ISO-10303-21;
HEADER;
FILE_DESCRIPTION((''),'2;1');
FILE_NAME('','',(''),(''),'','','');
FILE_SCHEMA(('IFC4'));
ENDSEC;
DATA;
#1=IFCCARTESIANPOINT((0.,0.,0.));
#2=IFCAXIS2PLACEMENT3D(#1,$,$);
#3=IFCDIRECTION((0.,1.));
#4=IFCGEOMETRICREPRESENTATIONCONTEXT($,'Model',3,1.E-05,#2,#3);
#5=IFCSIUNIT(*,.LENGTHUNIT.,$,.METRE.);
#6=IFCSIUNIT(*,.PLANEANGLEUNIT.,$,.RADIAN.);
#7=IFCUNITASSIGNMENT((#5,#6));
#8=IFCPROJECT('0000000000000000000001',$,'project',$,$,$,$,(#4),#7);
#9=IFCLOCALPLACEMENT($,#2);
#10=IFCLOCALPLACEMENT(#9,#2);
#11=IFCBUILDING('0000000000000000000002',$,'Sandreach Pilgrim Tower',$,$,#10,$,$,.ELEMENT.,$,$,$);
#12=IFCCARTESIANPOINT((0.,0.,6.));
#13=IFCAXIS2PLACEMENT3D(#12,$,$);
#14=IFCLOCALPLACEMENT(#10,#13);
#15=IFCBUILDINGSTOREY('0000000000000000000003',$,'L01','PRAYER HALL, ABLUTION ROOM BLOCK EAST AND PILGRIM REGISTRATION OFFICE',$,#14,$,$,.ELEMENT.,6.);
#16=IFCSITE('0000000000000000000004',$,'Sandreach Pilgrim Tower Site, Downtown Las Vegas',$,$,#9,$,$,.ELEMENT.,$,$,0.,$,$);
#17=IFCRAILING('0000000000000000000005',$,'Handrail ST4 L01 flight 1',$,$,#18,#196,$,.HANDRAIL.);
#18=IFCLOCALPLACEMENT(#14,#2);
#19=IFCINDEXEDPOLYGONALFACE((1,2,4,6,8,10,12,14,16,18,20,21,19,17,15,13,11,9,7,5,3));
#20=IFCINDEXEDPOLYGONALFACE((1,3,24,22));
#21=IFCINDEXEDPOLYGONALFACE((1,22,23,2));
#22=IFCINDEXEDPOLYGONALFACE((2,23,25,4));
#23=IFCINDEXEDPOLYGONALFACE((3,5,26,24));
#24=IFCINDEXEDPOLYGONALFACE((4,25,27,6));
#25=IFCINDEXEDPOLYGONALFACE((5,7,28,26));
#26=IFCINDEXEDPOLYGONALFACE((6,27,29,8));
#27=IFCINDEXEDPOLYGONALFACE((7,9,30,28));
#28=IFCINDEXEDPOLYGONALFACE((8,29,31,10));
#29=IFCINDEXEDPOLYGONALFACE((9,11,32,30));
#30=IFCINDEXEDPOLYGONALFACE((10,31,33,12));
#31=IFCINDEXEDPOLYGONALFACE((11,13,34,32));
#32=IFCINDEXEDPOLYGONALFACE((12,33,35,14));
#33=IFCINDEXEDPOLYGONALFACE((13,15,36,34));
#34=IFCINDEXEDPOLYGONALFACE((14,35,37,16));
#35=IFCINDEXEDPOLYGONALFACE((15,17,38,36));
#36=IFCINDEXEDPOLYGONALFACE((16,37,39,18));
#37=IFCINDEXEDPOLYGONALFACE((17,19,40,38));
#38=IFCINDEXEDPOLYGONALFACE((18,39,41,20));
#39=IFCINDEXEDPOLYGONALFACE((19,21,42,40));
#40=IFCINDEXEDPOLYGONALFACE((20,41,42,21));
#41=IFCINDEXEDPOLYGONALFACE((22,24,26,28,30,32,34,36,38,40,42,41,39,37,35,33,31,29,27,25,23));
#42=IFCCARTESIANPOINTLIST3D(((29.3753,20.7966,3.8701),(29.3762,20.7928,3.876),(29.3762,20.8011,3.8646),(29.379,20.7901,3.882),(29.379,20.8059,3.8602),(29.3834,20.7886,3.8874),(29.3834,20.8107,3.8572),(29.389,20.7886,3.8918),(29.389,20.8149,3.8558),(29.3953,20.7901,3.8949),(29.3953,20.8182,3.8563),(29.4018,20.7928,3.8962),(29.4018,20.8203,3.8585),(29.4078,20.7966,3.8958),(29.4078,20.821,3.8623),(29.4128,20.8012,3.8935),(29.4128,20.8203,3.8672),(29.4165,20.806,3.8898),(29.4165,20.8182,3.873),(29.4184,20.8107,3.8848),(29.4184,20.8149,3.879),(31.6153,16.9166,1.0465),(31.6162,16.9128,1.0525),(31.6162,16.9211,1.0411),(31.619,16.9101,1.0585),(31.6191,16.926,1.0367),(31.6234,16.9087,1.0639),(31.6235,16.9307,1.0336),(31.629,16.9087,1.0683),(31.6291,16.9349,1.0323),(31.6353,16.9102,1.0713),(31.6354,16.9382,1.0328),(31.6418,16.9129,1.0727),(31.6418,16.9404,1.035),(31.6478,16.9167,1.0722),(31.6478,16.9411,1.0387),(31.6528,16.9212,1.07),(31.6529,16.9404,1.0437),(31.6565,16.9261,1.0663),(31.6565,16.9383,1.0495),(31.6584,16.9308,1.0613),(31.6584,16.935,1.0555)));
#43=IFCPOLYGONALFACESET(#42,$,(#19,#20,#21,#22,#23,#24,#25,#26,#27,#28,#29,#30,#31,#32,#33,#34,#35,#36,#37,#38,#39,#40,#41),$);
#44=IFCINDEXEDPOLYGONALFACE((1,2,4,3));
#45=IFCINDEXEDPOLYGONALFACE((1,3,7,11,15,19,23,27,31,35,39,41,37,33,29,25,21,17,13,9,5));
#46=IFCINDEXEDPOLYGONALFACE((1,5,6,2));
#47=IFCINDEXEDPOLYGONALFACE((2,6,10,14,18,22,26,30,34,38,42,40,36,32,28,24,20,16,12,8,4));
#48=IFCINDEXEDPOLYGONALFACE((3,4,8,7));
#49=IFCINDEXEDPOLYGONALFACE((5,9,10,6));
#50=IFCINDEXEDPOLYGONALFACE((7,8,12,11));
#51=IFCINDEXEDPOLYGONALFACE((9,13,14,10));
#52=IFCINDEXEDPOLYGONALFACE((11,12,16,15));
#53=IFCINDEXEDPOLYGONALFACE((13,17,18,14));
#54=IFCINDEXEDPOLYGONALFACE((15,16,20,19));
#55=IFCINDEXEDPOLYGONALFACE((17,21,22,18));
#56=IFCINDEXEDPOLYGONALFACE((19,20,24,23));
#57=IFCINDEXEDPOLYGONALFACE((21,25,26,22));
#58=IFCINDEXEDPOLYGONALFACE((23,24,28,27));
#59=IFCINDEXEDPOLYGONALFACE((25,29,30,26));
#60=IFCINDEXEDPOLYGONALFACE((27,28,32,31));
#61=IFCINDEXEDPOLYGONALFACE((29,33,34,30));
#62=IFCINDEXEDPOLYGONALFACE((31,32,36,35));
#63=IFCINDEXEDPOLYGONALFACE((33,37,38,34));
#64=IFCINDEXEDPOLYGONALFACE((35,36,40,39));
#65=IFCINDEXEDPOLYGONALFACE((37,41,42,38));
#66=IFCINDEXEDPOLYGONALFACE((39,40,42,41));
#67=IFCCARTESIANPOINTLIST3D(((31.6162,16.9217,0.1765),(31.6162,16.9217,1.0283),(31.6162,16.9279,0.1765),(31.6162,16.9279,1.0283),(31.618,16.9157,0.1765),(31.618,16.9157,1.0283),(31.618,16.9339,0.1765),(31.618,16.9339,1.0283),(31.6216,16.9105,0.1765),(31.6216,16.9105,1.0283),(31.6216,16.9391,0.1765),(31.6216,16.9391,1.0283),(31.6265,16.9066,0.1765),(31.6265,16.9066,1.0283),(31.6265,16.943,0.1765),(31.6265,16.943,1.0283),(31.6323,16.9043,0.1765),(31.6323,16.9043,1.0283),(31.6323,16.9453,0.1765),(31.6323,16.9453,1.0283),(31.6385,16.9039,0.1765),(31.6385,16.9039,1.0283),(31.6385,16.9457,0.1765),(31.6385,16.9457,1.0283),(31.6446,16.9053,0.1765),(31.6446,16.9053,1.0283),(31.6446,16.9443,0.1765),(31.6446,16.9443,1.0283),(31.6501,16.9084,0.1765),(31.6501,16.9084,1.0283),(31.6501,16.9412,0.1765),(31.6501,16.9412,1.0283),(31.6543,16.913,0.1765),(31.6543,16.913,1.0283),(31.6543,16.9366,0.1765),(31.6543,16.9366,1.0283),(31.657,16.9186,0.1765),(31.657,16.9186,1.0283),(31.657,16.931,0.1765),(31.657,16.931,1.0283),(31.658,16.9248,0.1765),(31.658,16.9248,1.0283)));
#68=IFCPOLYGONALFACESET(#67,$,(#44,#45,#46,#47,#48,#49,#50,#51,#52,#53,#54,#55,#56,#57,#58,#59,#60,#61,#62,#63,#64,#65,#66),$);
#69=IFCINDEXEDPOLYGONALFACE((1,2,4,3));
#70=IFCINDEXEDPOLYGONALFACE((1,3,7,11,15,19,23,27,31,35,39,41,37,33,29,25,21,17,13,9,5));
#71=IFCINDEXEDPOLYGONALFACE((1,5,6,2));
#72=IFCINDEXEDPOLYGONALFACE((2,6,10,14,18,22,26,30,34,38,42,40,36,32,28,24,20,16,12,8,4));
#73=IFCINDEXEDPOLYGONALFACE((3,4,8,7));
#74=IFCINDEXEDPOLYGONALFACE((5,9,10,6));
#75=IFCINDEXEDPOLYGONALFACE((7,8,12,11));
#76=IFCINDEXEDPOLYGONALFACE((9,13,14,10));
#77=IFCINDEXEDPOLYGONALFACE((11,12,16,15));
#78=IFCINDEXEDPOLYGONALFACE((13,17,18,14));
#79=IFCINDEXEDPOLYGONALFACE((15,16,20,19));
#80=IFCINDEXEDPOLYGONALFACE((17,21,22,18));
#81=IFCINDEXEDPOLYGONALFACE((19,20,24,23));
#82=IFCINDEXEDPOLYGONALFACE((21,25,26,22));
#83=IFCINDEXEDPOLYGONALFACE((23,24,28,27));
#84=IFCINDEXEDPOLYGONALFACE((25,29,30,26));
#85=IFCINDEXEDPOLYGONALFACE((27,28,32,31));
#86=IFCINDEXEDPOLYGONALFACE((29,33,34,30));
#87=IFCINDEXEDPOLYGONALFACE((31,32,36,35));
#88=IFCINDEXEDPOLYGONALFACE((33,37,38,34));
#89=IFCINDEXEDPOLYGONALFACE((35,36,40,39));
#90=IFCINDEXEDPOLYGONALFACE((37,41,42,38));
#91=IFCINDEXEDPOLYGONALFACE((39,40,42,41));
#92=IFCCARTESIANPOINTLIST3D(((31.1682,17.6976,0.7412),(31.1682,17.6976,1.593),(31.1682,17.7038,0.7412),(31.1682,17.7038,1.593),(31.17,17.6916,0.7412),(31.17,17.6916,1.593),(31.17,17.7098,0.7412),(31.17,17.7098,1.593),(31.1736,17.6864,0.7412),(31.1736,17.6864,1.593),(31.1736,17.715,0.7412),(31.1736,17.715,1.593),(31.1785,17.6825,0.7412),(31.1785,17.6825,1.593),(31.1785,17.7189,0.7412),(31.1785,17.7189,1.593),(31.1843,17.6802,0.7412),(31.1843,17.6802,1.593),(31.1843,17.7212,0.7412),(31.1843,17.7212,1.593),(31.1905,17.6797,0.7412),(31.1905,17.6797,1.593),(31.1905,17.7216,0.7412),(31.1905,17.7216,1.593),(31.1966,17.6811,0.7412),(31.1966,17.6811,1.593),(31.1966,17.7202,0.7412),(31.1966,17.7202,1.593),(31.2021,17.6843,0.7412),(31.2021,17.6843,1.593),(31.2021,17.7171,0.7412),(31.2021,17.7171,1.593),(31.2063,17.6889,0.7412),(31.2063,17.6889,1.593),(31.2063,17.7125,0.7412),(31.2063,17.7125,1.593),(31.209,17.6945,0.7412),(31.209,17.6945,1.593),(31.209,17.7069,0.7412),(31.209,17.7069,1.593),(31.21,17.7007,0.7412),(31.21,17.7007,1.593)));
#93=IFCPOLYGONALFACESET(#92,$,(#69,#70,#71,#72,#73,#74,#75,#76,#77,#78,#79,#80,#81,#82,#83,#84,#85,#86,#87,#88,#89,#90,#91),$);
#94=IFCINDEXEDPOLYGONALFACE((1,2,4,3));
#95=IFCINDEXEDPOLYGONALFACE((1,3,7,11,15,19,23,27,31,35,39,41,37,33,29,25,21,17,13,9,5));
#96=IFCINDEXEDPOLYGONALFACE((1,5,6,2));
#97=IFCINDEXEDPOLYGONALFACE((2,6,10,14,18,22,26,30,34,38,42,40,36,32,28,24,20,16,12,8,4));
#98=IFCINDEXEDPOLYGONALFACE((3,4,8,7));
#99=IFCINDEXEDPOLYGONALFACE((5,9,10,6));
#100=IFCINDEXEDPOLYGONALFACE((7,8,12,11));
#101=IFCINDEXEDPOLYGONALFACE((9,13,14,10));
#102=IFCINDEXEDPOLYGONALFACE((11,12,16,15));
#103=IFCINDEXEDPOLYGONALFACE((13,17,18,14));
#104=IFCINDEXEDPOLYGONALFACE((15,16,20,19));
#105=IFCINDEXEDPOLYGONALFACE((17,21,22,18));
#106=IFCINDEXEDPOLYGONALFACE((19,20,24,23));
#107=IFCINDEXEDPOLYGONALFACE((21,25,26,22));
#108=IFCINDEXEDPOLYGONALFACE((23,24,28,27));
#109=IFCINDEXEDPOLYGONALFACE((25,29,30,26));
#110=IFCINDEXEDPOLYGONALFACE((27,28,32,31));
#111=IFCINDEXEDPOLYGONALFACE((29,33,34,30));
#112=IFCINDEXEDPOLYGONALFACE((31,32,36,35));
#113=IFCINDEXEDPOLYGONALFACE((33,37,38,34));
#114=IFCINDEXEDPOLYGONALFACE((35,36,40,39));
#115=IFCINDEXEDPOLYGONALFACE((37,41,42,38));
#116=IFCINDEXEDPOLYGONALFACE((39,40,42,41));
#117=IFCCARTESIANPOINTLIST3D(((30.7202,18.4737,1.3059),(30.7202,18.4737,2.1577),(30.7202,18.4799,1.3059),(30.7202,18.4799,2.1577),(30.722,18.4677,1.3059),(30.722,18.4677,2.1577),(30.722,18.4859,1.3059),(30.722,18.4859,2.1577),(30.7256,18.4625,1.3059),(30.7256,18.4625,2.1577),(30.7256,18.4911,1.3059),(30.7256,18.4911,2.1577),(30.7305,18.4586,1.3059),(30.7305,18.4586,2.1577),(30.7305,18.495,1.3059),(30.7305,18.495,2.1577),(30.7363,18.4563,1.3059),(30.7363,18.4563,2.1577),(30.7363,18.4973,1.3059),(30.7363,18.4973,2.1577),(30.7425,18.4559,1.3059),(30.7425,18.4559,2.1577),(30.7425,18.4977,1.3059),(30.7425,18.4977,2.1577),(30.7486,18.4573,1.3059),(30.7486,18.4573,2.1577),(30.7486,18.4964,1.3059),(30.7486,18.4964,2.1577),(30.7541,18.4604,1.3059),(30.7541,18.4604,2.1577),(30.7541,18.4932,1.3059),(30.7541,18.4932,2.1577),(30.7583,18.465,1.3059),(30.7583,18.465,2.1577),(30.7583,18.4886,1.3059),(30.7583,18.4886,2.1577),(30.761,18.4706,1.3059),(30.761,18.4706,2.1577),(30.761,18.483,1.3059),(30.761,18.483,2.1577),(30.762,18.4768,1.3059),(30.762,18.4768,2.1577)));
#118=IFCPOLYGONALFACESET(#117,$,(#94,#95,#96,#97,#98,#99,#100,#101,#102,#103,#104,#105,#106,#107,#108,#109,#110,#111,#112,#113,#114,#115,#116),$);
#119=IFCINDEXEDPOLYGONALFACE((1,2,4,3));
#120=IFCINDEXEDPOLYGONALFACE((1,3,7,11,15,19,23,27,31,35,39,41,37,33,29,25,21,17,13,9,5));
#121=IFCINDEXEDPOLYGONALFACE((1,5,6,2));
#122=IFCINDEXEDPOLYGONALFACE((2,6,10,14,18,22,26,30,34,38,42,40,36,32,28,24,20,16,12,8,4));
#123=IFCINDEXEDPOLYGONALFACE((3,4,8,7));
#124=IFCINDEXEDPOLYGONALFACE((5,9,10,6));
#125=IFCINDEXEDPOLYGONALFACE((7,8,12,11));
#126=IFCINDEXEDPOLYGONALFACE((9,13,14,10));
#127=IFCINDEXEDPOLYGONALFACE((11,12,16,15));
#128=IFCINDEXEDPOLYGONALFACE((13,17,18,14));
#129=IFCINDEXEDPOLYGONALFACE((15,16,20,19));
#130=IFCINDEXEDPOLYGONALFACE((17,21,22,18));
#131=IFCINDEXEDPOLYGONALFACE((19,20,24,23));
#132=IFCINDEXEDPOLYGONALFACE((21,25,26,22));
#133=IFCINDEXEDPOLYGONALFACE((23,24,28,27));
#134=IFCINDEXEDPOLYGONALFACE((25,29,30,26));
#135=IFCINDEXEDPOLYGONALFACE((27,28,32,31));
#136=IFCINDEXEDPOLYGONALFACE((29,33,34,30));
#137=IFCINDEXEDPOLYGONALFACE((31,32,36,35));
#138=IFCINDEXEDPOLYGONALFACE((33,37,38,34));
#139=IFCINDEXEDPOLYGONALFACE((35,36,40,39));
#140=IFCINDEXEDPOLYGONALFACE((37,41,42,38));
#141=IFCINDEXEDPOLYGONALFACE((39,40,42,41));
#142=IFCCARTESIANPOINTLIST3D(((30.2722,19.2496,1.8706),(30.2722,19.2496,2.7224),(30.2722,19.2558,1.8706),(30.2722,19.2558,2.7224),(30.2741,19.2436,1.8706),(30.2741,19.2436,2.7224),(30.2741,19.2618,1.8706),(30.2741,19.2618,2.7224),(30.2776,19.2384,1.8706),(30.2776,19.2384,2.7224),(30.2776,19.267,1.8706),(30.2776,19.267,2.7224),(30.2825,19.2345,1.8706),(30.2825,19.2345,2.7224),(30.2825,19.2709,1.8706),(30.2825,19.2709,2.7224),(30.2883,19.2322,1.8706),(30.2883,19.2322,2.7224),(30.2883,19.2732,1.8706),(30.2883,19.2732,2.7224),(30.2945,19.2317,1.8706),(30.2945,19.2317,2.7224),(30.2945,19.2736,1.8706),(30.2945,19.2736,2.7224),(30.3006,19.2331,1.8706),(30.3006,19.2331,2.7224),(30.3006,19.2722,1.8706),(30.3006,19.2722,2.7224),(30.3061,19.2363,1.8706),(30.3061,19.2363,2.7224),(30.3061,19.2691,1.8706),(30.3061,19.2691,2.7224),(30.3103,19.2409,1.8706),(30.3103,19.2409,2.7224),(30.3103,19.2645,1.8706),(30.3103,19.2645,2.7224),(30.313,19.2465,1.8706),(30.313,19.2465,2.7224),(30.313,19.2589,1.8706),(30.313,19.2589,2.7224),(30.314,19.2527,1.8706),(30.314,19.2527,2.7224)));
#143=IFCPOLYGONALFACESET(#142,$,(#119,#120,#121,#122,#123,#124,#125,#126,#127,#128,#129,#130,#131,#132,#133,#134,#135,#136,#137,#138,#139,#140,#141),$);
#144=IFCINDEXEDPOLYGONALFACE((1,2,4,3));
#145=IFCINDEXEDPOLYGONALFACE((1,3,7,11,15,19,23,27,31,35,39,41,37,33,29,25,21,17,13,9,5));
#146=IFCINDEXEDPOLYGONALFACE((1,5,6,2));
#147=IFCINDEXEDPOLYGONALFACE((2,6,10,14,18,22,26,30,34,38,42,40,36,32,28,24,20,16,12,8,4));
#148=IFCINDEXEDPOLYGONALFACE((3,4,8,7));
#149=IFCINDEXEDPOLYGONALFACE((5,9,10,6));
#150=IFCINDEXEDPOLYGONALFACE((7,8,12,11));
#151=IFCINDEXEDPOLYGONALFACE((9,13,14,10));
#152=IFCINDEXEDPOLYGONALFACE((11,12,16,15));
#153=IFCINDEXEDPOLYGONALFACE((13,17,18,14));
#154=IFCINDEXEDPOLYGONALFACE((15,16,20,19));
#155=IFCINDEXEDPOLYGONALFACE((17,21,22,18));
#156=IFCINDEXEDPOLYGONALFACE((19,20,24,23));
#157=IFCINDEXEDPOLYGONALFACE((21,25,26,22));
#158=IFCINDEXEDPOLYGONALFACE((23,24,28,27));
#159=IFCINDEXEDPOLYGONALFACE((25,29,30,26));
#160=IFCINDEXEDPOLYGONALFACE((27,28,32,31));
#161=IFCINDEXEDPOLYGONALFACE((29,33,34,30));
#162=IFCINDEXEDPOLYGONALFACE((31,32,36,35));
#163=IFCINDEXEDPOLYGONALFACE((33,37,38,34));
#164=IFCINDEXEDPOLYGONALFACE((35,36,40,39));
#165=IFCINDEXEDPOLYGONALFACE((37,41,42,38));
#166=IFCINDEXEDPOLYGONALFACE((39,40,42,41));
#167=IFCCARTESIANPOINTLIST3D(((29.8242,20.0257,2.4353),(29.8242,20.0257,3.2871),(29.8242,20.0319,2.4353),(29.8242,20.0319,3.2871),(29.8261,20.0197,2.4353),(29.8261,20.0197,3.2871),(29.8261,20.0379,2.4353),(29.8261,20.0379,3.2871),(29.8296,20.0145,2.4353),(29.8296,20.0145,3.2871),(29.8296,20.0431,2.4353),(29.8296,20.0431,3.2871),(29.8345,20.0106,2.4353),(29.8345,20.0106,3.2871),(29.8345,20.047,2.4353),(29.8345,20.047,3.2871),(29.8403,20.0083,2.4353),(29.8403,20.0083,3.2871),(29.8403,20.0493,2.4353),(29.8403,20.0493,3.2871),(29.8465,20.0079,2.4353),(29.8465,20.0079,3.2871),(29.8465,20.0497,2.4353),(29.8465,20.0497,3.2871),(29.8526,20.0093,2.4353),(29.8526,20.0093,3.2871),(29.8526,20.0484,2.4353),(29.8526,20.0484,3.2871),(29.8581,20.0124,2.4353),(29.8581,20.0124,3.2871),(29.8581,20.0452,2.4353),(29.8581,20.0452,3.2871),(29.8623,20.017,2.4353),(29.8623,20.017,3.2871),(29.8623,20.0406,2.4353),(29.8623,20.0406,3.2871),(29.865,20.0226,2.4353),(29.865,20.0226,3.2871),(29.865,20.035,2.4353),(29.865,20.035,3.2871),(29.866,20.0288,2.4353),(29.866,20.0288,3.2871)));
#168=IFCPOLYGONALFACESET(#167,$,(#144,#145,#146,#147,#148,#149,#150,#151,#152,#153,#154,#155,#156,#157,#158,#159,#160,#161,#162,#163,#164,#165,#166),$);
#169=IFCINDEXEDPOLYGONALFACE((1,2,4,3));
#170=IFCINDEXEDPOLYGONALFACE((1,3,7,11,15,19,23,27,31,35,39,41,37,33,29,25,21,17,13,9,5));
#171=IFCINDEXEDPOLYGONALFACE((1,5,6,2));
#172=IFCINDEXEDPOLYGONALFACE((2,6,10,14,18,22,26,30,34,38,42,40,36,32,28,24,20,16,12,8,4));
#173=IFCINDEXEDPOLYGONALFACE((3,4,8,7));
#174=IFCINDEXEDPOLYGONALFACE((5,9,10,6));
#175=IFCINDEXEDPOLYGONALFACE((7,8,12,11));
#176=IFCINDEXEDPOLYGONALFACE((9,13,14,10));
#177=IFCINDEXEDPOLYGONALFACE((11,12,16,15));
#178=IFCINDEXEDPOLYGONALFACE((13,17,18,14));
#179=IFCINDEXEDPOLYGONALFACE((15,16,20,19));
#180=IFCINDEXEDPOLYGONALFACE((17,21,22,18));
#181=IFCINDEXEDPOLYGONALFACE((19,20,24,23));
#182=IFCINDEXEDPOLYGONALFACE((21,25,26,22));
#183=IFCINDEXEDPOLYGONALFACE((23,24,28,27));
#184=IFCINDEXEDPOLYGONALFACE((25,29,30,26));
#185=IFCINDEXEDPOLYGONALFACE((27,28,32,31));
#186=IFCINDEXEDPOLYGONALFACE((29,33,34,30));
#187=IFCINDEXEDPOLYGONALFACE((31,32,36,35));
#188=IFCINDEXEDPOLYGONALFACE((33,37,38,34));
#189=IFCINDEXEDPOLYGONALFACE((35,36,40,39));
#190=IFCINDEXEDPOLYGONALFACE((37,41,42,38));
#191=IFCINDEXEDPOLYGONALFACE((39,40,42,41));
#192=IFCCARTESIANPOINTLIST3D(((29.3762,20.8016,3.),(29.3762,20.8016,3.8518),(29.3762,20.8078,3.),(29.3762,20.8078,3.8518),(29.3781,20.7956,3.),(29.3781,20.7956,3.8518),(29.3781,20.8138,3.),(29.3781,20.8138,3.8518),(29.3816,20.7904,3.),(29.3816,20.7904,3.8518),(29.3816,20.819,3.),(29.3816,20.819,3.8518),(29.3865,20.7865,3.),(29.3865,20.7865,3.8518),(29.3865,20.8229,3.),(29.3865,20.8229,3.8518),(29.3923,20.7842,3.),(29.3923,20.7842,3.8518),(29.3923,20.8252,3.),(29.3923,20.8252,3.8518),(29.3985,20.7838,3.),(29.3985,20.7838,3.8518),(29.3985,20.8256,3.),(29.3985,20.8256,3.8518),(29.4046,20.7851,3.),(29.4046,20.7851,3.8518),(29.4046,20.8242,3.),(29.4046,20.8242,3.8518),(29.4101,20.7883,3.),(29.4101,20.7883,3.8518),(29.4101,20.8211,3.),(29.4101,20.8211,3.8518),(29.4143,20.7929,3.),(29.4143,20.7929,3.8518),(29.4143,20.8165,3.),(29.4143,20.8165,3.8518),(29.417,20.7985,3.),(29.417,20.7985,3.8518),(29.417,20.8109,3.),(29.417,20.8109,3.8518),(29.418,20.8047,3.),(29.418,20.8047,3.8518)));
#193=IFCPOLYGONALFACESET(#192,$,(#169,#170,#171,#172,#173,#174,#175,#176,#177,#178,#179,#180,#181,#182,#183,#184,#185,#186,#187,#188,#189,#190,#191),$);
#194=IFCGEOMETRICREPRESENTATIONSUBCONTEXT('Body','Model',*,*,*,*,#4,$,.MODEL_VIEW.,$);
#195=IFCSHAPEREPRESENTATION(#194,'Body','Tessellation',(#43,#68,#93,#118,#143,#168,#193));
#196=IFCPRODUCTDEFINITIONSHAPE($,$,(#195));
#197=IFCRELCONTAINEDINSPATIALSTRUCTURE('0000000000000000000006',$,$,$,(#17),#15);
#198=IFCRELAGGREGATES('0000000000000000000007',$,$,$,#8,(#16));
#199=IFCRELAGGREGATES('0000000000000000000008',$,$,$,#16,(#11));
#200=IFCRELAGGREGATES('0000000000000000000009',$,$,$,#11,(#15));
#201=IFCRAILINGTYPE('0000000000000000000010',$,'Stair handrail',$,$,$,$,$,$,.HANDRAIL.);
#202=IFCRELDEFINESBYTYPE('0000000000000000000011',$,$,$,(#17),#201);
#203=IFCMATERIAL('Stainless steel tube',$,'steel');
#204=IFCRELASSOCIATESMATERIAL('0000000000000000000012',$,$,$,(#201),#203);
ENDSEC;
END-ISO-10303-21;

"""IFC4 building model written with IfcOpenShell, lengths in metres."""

from ifc_helpers import new_model, si_unit, direction, frame, origin, origin_2d, place, context, subcontext, project, spatial, circle, extrude, material, type_object, element, save


model = new_model("IFC4")

# Units and contexts
model_context = context("Model", 3, precision=1e-05, world=origin(), true_north=direction((0.0, 1.0)))
body_context = subcontext(model_context, "Body", "Model", "MODEL_VIEW")
ifc_project = project(units=[si_unit("LENGTHUNIT", "METRE"), si_unit("PLANEANGLEUNIT", "RADIAN")], contexts=[model_context])

# Site, building, storey
site_placement = place(None, origin())
site = spatial("IfcSite", under=ifc_project, at=site_placement, Name="Sandreach Pilgrim Tower Site, Downtown Las Vegas", CompositionType="ELEMENT", RefElevation=0.0)
building_placement = place(site_placement, origin())
building = spatial("IfcBuilding", under=site, at=building_placement, Name="Sandreach Pilgrim Tower", CompositionType="ELEMENT")
storey_placement = place(building_placement, frame((0.0, 0.0, 6.0)))
storey = spatial("IfcBuildingStorey", under=building, at=storey_placement, Name="L01", Description="PRAYER HALL, ABLUTION ROOM BLOCK EAST AND PILGRIM REGISTRATION OFFICE", CompositionType="ELEMENT", Elevation=6.0)

# Railing
ifc_material_1 = material(Name="Stainless steel tube", Category="steel")
railing_type = type_object("IfcRailingType", Name="Stair handrail", PredefinedType="HANDRAIL", material=ifc_material_1)
for number, where, name in (
    (1, (31.637, 16.9248, 0.1765), "Handrail ST4 L01 flight 1"),
):
    element("IfcRailing", number, at=place(storey_placement, frame(where)), inside=storey, type_object=railing_type, Name=name, PredefinedType="HANDRAIL", context=body_context, shape_type="SweptSolid", body=[
        extrude(circle(Radius=0.0239, at=origin_2d()), frame((0.0, 0.0, 0.876), z_axis=(-0.422993, 0.732665, 0.533178), x_axis=(-0.866031, -0.49999, 0.0)), (0.0, 0.0, 1.0), 5.2957),
        extrude(circle(Radius=0.021, at=origin_2d()), origin(), (0.0, 0.0, 1.0), 0.8518),
        extrude(circle(Radius=0.021, at=origin_2d()), frame((-0.448, 0.7759, 0.5647)), (0.0, 0.0, 1.0), 0.8518),
        extrude(circle(Radius=0.021, at=origin_2d()), frame((-0.896, 1.552, 1.1294)), (0.0, 0.0, 1.0), 0.8518),
        extrude(circle(Radius=0.021, at=origin_2d()), frame((-1.344, 2.3279, 1.6941)), (0.0, 0.0, 1.0), 0.8518),
        extrude(circle(Radius=0.021, at=origin_2d()), frame((-1.792, 3.104, 2.2588)), (0.0, 0.0, 1.0), 0.8518),
        extrude(circle(Radius=0.021, at=origin_2d()), frame((-2.24, 3.8799, 2.8235)), (0.0, 0.0, 1.0), 0.8518),
    ])

save(model, "model.ifc")
